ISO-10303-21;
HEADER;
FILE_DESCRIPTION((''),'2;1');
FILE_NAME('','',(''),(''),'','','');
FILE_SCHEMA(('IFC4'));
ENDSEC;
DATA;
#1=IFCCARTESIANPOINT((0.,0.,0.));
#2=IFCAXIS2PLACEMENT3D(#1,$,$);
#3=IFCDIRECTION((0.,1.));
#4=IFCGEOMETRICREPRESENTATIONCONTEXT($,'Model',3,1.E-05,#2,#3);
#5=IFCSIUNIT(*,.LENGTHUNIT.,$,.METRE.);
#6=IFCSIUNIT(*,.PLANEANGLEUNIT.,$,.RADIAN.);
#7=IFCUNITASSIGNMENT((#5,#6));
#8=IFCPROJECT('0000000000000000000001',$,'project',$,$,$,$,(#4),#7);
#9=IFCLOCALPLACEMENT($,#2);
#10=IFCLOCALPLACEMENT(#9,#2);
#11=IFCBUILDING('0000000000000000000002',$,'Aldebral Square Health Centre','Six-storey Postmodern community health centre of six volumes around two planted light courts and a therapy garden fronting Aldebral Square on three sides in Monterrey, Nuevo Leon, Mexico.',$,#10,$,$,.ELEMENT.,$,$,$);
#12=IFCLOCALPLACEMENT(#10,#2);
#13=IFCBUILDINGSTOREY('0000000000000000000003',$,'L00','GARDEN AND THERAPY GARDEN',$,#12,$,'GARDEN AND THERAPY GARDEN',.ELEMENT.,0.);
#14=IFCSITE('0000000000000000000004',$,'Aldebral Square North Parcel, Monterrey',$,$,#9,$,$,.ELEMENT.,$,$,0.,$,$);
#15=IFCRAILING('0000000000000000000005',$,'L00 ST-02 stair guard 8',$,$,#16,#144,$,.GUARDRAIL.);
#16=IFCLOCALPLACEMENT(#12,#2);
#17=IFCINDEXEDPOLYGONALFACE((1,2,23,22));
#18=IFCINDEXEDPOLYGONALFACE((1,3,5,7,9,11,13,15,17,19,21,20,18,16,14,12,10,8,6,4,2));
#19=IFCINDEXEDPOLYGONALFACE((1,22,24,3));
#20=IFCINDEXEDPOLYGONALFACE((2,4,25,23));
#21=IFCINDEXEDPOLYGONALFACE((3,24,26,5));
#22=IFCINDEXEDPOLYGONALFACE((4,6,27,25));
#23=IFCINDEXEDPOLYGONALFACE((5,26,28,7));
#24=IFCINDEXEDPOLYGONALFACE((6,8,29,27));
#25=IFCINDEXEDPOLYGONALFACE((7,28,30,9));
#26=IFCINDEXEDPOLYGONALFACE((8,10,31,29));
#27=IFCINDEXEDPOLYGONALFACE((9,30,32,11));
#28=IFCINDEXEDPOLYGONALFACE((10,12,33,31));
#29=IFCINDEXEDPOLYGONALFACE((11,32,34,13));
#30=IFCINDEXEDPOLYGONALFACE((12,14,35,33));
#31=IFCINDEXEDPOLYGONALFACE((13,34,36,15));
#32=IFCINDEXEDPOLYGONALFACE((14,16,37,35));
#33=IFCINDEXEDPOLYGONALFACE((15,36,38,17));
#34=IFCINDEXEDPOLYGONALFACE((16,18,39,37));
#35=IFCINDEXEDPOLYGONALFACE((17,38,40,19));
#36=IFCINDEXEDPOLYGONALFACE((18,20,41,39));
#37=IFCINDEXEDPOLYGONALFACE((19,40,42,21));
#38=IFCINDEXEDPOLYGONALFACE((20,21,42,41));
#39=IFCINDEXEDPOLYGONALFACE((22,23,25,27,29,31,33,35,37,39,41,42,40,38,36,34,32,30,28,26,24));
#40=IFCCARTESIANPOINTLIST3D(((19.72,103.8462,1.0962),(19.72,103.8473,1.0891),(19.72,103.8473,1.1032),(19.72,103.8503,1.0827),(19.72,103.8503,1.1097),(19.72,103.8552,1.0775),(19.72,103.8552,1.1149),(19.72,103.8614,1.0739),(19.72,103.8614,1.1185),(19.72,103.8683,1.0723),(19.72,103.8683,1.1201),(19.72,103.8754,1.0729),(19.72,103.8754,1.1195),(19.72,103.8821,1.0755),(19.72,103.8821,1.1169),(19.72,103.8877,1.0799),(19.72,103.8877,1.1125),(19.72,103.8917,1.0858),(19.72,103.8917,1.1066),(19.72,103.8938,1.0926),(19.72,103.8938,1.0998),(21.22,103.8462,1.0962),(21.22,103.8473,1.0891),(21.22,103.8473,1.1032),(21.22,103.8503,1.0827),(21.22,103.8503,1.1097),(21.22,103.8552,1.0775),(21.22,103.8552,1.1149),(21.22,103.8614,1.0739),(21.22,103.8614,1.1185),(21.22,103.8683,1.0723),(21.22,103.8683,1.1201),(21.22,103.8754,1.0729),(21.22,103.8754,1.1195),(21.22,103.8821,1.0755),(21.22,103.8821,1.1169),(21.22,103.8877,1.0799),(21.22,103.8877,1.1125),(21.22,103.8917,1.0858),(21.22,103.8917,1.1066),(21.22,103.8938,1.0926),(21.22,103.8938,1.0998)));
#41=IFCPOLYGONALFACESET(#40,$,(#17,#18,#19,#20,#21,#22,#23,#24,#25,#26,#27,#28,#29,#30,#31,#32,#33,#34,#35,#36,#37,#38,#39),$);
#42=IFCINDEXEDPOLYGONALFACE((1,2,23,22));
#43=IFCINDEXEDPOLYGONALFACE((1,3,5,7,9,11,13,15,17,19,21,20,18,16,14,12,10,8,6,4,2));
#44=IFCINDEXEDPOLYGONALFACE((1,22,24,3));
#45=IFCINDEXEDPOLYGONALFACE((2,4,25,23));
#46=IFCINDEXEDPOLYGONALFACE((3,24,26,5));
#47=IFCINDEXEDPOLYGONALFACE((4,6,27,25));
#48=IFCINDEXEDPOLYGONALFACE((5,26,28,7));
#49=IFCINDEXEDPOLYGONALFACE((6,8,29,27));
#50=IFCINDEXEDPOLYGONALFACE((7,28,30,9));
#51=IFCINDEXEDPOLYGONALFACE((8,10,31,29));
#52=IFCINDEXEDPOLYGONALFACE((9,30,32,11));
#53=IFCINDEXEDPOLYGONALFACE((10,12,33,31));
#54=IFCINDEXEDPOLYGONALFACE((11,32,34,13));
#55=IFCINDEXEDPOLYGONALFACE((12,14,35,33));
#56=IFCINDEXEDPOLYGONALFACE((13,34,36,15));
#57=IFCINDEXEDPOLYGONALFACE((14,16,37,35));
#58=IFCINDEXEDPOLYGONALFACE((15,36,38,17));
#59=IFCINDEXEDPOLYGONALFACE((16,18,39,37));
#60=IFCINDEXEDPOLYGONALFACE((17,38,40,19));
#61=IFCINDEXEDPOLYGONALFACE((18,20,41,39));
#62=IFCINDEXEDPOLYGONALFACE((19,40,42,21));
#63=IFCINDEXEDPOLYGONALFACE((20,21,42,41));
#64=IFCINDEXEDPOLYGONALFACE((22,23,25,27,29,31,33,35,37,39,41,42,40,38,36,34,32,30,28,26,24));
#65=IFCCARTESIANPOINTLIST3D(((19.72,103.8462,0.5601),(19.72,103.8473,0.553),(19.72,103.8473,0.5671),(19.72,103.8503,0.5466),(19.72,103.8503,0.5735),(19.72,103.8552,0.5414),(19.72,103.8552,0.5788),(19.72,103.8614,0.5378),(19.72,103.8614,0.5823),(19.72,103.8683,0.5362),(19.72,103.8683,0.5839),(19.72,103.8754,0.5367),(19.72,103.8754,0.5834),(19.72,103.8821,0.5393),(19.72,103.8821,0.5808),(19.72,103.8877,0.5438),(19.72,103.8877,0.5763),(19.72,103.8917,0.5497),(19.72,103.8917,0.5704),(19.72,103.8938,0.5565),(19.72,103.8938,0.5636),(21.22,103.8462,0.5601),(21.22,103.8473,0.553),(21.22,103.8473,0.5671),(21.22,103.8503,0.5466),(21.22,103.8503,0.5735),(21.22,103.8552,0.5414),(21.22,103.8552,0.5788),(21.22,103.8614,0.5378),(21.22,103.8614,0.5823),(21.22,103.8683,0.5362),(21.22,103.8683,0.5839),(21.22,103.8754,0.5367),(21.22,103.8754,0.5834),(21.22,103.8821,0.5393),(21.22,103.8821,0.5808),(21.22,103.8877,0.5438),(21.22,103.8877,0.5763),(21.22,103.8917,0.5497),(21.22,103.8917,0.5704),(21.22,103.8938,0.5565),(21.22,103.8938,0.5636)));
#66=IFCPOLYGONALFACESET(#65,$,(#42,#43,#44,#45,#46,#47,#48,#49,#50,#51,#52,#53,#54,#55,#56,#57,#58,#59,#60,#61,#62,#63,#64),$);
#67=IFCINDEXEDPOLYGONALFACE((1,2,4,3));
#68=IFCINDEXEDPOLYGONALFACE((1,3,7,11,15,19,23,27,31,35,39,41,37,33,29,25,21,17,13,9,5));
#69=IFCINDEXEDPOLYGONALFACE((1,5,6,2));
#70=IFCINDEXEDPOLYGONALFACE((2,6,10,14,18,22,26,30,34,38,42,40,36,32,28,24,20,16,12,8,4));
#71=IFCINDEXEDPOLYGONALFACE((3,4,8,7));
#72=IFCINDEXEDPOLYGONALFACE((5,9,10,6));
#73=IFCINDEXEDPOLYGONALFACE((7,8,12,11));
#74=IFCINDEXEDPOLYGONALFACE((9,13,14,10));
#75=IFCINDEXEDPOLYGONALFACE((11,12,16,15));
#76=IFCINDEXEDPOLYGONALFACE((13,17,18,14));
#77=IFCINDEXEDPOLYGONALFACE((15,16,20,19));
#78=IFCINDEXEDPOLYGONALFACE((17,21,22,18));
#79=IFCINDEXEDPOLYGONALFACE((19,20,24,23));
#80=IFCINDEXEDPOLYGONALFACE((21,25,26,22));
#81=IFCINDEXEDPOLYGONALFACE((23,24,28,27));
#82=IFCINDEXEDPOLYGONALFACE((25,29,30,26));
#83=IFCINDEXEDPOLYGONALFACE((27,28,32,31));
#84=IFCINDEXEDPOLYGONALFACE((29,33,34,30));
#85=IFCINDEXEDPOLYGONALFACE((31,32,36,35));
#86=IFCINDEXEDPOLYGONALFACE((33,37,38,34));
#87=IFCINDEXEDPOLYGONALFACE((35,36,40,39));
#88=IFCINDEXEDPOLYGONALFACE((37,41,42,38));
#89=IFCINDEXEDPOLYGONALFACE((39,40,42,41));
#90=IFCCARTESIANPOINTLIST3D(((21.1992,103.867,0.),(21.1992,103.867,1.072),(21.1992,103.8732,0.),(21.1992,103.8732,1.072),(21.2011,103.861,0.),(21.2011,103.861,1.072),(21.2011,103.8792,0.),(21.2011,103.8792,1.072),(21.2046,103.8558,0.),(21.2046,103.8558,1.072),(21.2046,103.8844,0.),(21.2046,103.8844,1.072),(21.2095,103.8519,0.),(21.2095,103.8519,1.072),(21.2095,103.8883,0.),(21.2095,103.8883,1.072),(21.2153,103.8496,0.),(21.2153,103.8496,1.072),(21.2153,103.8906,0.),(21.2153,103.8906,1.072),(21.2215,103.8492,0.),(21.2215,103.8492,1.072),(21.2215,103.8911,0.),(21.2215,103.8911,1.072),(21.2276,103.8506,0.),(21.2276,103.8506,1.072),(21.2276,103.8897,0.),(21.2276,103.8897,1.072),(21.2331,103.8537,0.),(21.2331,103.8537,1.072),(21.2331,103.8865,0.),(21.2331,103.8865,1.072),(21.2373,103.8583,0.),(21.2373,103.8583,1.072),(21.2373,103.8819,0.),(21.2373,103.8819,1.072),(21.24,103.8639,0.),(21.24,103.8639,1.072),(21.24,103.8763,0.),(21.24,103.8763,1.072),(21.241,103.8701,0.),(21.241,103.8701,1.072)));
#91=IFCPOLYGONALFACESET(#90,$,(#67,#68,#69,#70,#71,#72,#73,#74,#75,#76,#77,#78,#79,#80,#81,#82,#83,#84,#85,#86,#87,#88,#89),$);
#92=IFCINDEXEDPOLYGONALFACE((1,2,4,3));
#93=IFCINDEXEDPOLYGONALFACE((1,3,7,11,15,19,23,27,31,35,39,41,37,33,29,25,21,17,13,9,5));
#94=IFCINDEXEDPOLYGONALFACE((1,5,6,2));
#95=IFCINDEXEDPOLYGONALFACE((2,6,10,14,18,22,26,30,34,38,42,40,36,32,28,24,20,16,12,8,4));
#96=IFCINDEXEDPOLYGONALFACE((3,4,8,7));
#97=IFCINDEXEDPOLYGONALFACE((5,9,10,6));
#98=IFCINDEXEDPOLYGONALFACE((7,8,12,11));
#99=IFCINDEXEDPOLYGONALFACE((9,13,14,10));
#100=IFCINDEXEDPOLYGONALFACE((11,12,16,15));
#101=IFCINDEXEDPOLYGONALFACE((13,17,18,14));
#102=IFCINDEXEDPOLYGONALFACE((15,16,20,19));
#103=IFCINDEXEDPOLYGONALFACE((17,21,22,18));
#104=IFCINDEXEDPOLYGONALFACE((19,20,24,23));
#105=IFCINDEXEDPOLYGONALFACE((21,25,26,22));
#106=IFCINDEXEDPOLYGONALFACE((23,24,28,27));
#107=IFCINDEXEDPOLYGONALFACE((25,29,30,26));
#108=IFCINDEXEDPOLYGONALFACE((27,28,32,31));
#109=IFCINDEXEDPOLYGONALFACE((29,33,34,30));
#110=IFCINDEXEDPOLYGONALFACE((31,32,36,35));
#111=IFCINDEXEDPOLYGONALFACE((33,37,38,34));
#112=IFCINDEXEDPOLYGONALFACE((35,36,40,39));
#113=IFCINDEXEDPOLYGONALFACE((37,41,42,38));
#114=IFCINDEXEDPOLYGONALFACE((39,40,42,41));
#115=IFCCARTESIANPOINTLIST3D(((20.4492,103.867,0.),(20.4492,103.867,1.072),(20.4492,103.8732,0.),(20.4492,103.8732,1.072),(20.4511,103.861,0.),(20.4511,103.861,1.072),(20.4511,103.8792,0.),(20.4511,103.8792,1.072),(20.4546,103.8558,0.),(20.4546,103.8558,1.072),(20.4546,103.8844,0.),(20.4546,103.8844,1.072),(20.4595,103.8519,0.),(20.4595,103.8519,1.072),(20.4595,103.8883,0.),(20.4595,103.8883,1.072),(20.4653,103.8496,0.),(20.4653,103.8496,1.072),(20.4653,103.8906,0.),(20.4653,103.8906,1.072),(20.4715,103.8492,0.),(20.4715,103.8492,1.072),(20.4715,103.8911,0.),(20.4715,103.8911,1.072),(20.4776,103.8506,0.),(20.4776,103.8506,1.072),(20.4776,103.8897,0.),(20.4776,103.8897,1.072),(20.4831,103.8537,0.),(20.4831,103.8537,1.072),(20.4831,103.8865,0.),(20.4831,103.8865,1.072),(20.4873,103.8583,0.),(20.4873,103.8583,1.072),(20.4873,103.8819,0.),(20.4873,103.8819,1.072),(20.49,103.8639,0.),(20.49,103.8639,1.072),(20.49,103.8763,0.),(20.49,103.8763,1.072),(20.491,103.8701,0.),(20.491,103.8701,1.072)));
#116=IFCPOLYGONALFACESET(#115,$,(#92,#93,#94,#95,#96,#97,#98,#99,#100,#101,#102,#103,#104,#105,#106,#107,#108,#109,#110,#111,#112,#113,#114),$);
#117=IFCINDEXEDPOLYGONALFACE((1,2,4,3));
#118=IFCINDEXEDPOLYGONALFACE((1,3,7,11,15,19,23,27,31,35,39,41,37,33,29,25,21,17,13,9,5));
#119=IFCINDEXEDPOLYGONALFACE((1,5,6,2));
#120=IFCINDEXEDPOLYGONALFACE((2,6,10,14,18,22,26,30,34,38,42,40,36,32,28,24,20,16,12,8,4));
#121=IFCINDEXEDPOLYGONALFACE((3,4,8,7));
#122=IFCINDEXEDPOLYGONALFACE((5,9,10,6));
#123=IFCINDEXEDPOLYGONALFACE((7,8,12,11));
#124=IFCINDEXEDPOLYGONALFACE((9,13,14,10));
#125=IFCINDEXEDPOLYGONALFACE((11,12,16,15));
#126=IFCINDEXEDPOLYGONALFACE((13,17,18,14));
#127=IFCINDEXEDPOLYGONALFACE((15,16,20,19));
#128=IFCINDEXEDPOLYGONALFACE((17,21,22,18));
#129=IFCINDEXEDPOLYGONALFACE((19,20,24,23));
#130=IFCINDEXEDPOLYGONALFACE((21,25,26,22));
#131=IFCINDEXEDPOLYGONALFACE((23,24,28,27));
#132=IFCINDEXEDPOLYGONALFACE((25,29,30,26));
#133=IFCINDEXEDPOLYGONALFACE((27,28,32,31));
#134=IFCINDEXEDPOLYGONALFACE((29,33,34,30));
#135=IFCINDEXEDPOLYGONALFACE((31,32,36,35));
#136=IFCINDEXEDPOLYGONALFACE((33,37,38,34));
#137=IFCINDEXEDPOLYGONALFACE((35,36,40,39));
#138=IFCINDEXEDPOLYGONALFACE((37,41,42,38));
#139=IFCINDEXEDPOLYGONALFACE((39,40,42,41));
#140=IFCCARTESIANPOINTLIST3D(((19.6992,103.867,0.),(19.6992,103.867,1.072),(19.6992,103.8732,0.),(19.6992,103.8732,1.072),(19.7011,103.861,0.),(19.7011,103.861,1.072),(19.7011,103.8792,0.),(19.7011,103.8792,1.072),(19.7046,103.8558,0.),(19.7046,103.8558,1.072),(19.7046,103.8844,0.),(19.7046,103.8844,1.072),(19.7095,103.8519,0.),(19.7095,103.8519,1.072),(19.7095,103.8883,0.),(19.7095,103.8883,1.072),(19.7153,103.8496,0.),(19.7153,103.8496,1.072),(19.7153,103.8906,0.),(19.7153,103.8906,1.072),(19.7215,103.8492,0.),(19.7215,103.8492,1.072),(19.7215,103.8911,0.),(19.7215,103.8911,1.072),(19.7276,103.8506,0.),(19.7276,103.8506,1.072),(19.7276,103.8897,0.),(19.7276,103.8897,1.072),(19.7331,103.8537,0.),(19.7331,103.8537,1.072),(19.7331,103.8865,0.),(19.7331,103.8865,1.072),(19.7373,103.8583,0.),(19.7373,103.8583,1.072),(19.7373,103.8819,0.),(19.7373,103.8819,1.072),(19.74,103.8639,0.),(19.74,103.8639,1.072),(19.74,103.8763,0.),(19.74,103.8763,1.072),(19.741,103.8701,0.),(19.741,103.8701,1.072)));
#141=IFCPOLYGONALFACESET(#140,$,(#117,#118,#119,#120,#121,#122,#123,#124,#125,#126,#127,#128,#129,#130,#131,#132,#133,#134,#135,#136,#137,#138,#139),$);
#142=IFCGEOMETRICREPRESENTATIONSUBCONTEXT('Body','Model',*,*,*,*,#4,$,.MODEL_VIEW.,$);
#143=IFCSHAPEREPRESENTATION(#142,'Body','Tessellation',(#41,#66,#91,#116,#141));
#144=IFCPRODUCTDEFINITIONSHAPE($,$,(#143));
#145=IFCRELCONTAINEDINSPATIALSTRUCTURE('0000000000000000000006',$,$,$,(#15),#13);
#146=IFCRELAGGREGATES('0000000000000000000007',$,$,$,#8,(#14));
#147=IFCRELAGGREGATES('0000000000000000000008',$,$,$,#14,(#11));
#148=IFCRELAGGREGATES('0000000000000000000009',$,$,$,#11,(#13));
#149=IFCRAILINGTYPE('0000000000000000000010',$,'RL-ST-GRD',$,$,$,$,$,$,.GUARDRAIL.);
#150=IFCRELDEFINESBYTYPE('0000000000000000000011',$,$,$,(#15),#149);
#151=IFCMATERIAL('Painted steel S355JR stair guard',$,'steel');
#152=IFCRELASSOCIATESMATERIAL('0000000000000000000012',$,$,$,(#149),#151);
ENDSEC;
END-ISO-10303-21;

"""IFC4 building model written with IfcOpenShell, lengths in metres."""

from ifc_helpers import new_model, si_unit, direction, frame, origin, origin_2d, place, context, subcontext, project, spatial, circle, extrude, material, type_object, element, save


model = new_model("IFC4")

# Units and contexts
model_context = context("Model", 3, precision=1e-05, world=origin(), true_north=direction((0.0, 1.0)))
body_context = subcontext(model_context, "Body", "Model", "MODEL_VIEW")
ifc_project = project(units=[si_unit("LENGTHUNIT", "METRE"), si_unit("PLANEANGLEUNIT", "RADIAN")], contexts=[model_context])

# Site, building, storey
site_placement = place(None, origin())
site = spatial("IfcSite", under=ifc_project, at=site_placement, Name="Aldebral Square North Parcel, Monterrey", CompositionType="ELEMENT", RefElevation=0.0)
building_placement = place(site_placement, origin())
building = spatial("IfcBuilding", under=site, at=building_placement, Name="Aldebral Square Health Centre", Description="Six-storey Postmodern community health centre of six volumes around two planted light courts and a therapy garden fronting Aldebral Square on three sides in Monterrey, Nuevo Leon, Mexico.", CompositionType="ELEMENT")
storey_placement = place(building_placement, origin())
storey = spatial("IfcBuildingStorey", under=building, at=storey_placement, Name="L00", Description="GARDEN AND THERAPY GARDEN", LongName="GARDEN AND THERAPY GARDEN", CompositionType="ELEMENT", Elevation=0.0)

# Railing
ifc_material_1 = material(Name="Painted steel S355JR stair guard", Category="steel")
railing_type = type_object("IfcRailingType", Name="RL-ST-GRD", PredefinedType="GUARDRAIL", material=ifc_material_1)
for number, where, name in (
    (1, (21.22, 103.8701, 0.0), "L00 ST-02 stair guard 8"),
):
    element("IfcRailing", number, at=place(storey_placement, frame(where)), inside=storey, type_object=railing_type, Name=name, PredefinedType="GUARDRAIL", context=body_context, shape_type="SweptSolid", body=[
        extrude(circle(Radius=0.0239, at=origin_2d()), frame((0.0, 0.0, 1.0962), z_axis=(-1.0, 0.0, 0.0), x_axis=(0.0, -1.0, 0.0)), (0.0, 0.0, 1.0), 1.5),
        extrude(circle(Radius=0.0239, at=origin_2d()), frame((0.0, 0.0, 0.5601), z_axis=(-1.0, 0.0, 0.0), x_axis=(0.0, -1.0, 0.0)), (0.0, 0.0, 1.0), 1.5),
        extrude(circle(Radius=0.021, at=origin_2d()), origin(), (0.0, 0.0, 1.0), 1.072),
        extrude(circle(Radius=0.021, at=origin_2d()), frame((-0.75, 0.0, 0.0)), (0.0, 0.0, 1.0), 1.072),
        extrude(circle(Radius=0.021, at=origin_2d()), frame((-1.5, 0.0, 0.0)), (0.0, 0.0, 1.0), 1.072),
    ])

save(model, "model.ifc")
